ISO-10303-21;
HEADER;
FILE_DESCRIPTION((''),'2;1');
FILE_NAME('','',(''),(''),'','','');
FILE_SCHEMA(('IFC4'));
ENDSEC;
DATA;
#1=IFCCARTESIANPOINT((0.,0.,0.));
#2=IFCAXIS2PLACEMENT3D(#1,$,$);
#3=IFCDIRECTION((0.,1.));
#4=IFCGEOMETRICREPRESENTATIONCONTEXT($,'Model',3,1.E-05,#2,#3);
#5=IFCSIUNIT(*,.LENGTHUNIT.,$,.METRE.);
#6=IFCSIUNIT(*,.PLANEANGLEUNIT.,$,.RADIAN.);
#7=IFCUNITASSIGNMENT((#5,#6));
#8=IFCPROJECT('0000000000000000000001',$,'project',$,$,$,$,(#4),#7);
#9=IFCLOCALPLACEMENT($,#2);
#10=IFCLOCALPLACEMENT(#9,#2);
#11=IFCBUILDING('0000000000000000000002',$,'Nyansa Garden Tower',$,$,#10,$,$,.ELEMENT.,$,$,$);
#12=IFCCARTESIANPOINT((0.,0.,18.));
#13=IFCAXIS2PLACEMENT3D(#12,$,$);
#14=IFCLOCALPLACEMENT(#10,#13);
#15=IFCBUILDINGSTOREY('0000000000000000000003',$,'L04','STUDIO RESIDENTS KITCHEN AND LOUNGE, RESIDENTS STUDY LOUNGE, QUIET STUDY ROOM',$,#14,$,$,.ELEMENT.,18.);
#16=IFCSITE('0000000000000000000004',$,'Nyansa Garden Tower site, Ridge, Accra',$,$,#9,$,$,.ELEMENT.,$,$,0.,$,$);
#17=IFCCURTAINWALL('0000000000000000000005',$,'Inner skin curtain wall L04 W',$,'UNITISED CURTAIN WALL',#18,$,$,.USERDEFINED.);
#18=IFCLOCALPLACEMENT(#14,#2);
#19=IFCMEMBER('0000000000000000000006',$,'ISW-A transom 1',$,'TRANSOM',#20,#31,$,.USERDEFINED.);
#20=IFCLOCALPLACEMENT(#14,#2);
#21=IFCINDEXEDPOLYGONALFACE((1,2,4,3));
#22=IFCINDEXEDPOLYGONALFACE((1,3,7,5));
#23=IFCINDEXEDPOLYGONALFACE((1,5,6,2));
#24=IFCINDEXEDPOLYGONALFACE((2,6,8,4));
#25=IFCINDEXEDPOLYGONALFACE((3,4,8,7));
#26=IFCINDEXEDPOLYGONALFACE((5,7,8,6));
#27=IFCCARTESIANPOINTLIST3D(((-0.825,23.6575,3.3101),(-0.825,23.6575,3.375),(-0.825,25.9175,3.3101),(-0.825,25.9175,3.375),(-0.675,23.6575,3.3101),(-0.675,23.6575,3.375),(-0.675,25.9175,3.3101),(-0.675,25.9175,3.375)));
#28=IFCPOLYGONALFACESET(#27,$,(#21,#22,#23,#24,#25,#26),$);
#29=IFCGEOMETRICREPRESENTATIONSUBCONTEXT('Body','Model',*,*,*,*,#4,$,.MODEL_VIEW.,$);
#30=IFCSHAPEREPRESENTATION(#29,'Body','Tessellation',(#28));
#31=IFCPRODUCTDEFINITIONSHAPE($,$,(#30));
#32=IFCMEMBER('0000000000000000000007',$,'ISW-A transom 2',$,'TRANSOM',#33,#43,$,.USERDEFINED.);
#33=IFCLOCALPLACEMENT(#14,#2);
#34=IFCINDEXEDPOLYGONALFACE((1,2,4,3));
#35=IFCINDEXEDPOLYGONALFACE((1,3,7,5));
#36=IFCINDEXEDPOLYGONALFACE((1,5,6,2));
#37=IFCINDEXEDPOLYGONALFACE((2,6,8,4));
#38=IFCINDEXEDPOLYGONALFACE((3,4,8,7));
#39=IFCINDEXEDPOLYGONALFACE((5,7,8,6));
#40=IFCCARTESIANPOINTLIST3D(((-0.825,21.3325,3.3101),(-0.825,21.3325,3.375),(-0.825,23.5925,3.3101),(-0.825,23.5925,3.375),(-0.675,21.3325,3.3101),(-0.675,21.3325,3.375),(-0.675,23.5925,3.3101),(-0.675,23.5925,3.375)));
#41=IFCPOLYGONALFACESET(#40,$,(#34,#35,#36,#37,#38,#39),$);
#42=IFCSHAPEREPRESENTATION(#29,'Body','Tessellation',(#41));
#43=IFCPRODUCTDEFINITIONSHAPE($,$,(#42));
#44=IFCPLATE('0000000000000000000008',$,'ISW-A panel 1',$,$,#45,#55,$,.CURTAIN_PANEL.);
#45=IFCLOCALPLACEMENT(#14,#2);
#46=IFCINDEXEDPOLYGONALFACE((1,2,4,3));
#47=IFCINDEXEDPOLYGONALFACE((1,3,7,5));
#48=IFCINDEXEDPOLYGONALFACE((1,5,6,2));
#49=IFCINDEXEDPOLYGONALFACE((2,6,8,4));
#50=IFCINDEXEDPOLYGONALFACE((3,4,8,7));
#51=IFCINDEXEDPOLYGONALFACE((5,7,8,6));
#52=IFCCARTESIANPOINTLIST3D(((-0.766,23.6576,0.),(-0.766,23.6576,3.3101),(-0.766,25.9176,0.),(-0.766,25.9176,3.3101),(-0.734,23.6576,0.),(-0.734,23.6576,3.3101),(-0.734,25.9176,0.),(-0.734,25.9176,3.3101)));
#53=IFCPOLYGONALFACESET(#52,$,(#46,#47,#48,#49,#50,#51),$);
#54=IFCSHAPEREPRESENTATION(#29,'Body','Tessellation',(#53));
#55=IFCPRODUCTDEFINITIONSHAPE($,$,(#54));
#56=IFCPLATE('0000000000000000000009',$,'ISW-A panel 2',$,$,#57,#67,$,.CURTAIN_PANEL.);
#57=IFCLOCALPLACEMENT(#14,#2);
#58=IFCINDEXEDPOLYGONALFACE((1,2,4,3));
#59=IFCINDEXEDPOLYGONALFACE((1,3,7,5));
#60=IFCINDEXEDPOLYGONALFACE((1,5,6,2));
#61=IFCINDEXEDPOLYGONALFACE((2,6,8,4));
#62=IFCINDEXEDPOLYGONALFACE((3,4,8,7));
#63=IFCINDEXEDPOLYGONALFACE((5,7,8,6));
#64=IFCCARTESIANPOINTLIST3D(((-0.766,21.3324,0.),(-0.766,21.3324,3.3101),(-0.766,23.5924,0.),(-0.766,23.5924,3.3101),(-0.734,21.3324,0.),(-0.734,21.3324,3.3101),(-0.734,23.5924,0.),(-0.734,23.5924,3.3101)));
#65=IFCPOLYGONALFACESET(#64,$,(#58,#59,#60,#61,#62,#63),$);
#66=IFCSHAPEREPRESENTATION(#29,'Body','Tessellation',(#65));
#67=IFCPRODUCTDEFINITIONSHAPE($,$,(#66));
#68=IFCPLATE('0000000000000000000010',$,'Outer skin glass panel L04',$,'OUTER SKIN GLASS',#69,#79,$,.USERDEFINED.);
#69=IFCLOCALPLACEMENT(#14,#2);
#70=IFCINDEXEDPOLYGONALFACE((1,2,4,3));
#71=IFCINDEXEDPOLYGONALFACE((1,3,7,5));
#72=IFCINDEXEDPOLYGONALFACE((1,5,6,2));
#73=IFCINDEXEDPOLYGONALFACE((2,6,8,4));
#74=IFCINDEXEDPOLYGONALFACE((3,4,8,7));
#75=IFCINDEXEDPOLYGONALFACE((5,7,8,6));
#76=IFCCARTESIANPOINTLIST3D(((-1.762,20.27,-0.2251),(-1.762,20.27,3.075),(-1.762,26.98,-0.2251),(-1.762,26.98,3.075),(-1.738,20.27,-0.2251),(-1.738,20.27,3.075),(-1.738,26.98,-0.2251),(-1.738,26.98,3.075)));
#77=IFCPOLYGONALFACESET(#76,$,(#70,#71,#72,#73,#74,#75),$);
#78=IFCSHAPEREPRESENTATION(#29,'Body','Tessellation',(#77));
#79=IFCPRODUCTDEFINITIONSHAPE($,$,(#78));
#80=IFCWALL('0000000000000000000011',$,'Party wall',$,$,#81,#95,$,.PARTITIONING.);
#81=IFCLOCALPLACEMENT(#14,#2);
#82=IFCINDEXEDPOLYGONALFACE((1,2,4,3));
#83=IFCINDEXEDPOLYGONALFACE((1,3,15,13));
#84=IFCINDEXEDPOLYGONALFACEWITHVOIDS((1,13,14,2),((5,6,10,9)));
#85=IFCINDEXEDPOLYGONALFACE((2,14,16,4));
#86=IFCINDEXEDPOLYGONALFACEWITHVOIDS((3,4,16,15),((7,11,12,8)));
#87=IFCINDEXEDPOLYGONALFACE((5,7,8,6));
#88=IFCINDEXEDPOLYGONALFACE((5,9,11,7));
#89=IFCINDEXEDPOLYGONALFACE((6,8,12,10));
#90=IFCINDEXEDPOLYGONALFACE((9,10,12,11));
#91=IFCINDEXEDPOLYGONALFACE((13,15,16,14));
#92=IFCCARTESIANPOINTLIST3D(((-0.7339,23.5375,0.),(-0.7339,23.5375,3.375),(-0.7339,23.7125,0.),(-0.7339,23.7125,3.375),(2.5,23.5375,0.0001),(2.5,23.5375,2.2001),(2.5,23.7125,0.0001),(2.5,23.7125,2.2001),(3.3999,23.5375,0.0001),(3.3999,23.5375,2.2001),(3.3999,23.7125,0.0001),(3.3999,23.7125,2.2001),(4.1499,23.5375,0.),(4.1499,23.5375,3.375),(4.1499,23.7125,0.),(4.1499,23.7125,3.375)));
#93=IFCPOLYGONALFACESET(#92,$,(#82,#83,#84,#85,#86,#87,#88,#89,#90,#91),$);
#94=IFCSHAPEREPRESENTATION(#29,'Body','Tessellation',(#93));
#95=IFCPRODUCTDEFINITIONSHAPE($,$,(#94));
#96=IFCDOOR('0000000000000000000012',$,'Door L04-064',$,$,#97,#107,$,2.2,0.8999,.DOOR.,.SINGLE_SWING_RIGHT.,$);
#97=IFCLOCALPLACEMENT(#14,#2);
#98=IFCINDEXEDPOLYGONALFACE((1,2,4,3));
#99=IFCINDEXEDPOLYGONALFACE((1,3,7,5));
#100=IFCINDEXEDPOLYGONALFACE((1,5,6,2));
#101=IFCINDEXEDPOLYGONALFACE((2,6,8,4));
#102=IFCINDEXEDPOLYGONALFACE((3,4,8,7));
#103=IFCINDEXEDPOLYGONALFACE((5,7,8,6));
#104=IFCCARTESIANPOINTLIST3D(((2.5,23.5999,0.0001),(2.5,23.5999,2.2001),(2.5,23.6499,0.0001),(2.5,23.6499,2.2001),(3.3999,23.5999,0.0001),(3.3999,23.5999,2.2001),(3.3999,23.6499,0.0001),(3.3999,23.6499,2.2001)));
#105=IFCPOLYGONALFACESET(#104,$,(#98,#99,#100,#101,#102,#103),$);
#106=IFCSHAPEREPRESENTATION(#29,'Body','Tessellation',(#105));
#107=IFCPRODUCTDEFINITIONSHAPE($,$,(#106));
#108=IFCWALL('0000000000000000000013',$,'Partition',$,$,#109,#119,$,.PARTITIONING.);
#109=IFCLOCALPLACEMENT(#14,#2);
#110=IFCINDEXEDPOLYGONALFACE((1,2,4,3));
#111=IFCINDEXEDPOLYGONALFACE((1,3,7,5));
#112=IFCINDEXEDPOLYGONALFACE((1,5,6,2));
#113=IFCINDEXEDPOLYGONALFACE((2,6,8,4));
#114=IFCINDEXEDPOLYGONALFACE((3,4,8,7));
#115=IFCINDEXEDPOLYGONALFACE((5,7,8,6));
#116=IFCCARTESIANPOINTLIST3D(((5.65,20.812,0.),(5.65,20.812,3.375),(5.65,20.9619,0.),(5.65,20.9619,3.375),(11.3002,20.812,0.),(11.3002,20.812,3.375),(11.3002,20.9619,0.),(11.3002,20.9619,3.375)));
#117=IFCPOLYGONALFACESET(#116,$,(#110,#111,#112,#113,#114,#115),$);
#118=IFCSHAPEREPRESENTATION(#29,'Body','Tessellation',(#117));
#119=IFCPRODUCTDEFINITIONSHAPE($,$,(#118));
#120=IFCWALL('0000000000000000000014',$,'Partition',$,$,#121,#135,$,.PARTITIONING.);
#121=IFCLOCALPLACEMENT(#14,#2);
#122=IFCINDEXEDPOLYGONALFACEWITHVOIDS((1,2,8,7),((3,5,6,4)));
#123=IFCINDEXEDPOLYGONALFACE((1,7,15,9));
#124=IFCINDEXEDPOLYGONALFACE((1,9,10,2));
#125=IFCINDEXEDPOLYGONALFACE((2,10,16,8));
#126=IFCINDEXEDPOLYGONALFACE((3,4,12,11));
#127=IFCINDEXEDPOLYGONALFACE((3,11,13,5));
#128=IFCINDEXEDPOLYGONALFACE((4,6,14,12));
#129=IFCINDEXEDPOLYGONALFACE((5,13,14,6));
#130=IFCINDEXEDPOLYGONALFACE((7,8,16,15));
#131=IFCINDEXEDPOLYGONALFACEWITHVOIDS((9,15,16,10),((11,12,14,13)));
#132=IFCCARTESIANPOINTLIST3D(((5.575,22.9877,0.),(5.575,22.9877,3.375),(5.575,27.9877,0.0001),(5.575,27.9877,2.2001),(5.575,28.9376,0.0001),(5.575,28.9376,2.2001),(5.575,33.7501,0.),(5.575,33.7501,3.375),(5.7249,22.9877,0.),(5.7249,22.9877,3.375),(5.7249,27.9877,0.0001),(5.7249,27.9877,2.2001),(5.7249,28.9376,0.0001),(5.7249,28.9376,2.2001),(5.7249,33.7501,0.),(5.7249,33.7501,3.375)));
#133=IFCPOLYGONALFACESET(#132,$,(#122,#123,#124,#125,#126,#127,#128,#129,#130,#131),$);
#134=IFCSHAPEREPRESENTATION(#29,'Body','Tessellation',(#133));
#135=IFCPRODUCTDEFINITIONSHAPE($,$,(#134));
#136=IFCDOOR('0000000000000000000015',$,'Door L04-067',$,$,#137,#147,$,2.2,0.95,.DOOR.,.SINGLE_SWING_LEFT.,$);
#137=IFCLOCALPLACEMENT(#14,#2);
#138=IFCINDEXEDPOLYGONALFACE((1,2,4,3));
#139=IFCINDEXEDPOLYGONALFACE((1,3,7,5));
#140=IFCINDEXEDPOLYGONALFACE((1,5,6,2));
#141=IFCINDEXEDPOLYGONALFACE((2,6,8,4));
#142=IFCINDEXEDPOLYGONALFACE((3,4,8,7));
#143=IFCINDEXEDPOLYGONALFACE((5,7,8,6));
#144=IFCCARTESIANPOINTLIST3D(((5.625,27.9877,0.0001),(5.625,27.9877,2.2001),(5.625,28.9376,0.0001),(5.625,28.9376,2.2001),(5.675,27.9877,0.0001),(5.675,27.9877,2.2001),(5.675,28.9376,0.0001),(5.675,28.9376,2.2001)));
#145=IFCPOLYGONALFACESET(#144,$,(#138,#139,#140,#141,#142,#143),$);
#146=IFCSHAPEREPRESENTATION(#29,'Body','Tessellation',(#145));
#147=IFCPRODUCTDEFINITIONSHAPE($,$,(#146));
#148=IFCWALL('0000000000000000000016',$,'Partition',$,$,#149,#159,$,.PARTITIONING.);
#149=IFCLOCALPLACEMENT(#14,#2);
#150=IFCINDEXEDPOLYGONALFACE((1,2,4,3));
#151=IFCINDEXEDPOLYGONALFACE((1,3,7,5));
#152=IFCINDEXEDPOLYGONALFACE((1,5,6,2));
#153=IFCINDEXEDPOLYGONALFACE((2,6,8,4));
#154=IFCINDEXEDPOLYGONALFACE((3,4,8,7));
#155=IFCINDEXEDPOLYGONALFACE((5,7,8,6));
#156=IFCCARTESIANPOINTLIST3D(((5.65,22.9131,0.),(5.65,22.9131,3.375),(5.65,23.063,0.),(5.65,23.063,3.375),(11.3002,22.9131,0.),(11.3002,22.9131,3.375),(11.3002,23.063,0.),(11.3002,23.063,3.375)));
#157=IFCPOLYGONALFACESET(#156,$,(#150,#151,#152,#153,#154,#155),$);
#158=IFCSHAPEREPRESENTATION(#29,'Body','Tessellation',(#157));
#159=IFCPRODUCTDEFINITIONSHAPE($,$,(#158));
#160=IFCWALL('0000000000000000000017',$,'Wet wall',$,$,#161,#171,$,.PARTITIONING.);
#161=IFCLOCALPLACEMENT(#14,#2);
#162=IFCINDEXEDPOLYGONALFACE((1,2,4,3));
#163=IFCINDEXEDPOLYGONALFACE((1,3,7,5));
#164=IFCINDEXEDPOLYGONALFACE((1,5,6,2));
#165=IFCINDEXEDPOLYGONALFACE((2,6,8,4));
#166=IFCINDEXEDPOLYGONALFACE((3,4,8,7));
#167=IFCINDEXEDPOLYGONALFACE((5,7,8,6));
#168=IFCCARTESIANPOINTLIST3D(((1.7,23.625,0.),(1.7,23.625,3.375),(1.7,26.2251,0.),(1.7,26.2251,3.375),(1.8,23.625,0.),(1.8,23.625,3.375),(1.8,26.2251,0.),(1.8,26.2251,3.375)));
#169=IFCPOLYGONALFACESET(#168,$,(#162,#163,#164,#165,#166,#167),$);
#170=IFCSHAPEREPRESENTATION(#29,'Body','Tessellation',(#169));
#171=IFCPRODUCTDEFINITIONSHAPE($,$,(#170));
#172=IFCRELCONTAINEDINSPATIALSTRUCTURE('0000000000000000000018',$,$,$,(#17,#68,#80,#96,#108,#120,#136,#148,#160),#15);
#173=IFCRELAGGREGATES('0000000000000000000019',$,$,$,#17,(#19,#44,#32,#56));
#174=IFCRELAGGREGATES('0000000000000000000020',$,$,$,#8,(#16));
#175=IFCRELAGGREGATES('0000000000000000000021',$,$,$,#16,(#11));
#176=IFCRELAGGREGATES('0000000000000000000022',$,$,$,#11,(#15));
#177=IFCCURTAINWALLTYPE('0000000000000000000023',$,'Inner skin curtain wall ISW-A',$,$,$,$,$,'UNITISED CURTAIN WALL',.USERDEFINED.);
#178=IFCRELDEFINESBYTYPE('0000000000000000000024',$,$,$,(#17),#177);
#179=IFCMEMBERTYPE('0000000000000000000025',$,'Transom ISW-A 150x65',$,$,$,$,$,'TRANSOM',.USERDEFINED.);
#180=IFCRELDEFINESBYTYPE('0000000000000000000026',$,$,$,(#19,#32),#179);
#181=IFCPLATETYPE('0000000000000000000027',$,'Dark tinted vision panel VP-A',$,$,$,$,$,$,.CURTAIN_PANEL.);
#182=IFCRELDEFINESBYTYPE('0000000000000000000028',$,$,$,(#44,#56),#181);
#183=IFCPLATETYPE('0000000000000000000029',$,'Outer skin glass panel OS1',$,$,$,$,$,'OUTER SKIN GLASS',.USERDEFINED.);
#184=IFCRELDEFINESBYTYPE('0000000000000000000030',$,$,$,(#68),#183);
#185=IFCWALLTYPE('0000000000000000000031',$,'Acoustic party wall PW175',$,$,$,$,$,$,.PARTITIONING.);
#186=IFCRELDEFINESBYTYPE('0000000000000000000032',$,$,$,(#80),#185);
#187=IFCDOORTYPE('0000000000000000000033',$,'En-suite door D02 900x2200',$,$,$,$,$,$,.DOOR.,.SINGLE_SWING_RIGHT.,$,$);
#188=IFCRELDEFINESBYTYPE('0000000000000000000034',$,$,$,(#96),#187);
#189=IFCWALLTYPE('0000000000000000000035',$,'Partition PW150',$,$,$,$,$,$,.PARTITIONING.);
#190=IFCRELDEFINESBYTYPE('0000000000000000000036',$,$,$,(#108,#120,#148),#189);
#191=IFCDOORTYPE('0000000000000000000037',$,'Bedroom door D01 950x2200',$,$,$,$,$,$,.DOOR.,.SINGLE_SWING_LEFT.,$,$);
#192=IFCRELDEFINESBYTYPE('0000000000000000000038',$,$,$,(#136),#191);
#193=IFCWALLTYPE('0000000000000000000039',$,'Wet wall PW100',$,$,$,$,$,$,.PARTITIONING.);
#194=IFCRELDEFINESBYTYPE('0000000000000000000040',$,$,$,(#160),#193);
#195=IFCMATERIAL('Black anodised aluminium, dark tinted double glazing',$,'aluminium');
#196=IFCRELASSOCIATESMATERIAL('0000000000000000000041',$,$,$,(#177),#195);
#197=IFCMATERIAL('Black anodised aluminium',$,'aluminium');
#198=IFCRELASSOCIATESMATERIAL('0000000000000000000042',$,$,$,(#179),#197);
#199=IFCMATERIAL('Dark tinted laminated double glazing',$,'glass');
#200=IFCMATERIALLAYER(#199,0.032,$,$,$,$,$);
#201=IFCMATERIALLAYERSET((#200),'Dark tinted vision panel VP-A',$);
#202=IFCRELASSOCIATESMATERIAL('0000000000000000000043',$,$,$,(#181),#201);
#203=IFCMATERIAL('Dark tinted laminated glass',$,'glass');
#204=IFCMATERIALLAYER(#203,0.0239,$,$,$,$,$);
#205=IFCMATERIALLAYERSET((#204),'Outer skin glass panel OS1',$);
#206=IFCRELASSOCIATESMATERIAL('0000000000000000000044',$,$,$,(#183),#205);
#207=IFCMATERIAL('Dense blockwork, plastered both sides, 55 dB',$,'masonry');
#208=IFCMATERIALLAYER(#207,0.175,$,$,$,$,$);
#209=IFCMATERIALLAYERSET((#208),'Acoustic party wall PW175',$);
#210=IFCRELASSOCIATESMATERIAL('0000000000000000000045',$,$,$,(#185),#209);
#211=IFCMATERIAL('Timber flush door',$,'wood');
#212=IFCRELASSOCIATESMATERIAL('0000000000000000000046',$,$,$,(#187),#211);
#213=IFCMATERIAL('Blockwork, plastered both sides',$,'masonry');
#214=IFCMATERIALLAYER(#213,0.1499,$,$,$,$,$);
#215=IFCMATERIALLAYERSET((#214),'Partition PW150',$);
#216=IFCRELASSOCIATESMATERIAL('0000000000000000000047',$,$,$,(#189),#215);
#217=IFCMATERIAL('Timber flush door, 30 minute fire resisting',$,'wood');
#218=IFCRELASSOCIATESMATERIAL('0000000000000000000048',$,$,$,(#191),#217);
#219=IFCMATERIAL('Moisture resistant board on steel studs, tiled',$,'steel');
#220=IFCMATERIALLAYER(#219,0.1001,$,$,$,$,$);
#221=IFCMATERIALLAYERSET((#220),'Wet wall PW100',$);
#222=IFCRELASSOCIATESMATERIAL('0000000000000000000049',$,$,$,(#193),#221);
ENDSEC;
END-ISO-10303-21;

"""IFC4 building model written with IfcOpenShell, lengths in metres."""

from ifc_helpers import new_model, si_unit, direction, frame, frame_2d, origin, origin_2d, place, context, subcontext, project, spatial, rectangle, extrude, material, layer, layer_set, material_profile, profile_set, type_object, element, fill, aggregate, save


model = new_model("IFC4")

# Units and contexts
model_context = context("Model", 3, precision=1e-05, world=origin(), true_north=direction((0.0, 1.0)))
body_context = subcontext(model_context, "Body", "Model", "MODEL_VIEW")
ifc_project = project(units=[si_unit("LENGTHUNIT", "METRE"), si_unit("PLANEANGLEUNIT", "RADIAN")], contexts=[model_context])

# Site, building, storey
site_placement = place(None, origin())
site = spatial("IfcSite", under=ifc_project, at=site_placement, Name="Nyansa Garden Tower site, Ridge, Accra", CompositionType="ELEMENT", RefElevation=0.0)
building_placement = place(site_placement, origin())
building = spatial("IfcBuilding", under=site, at=building_placement, Name="Nyansa Garden Tower", CompositionType="ELEMENT")
storey_placement = place(building_placement, frame((0.0, 0.0, 18.0)))
storey = spatial("IfcBuildingStorey", under=building, at=storey_placement, Name="L04", Description="STUDIO RESIDENTS KITCHEN AND LOUNGE, RESIDENTS STUDY LOUNGE, QUIET STUDY ROOM", CompositionType="ELEMENT", Elevation=18.0)

# Curtain wall
ifc_material_1 = material(Name="Black anodised aluminium, dark tinted double glazing", Category="aluminium")
curtain_wall_type = type_object("IfcCurtainWallType", Name="Inner skin curtain wall ISW-A", ElementType="UNITISED CURTAIN WALL", PredefinedType="USERDEFINED", material=ifc_material_1)
curtain_wall_placement = place(storey_placement, origin())
curtain_wall = element("IfcCurtainWall", 1, at=curtain_wall_placement, inside=storey, type_object=curtain_wall_type, Name="Inner skin curtain wall L04 W", ObjectType="UNITISED CURTAIN WALL", PredefinedType="USERDEFINED")

# Members
ifc_material_2 = material(Name="Black anodised aluminium", Category="aluminium")
ifc_material_profile_1 = material_profile(ifc_material_2, rectangle(XDim=0.1499, YDim=0.0649, at=origin_2d()), Name="Transom 150x65")
ifc_profile_set_1 = profile_set([ifc_material_profile_1], Name="Black anodised aluminium")
member_type_1 = type_object("IfcMemberType", Name="Transom ISW-A 150x65", ElementType="TRANSOM", PredefinedType="USERDEFINED", material=ifc_profile_set_1)
member_1_placement = place(storey_placement, frame((-0.75, 25.9175, 3.3425), z_axis=(0.0, -1.0, 0.0), x_axis=(1.0, 0.0, 0.0)))
member_1 = element("IfcMember", 2, at=member_1_placement, type_object=member_type_1, Name="ISW-A transom 1", ObjectType="TRANSOM", PredefinedType="USERDEFINED", context=body_context, shape_type="SweptSolid", body=[
    extrude(rectangle(XDim=0.1499, YDim=0.0649, at=origin_2d()), origin(), (0.0, 0.0, 1.0), 2.26),
])
member_2_placement = place(storey_placement, frame((-0.75, 23.5925, 3.3425), z_axis=(0.0, -1.0, 0.0), x_axis=(1.0, 0.0, 0.0)))
member_2 = element("IfcMember", 3, at=member_2_placement, type_object=member_type_1, Name="ISW-A transom 2", ObjectType="TRANSOM", PredefinedType="USERDEFINED", context=body_context, shape_type="SweptSolid", body=[
    extrude(rectangle(XDim=0.1499, YDim=0.0649, at=origin_2d()), origin(), (0.0, 0.0, 1.0), 2.26),
])

# Plates
ifc_material_3 = material(Name="Dark tinted laminated double glazing", Category="glass")
ifc_layer_1 = layer(ifc_material_3, 0.032)
ifc_layer_set_1 = layer_set([ifc_layer_1], Name="Dark tinted vision panel VP-A")
plate_type_1 = type_object("IfcPlateType", Name="Dark tinted vision panel VP-A", PredefinedType="CURTAIN_PANEL", material=ifc_layer_set_1)
plate_1_placement = place(storey_placement, frame((-0.75, 24.7876, 0.0), z_axis=(0.0, 0.0, 1.0), x_axis=(0.0, -1.0, 0.0)))
plate_1 = element("IfcPlate", 4, at=plate_1_placement, type_object=plate_type_1, Name="ISW-A panel 1", PredefinedType="CURTAIN_PANEL", context=body_context, shape_type="SweptSolid", body=[
    extrude(rectangle(XDim=2.26, YDim=0.032, at=origin_2d()), origin(), (0.0, 0.0, 1.0), 3.3101),
])
plate_2_placement = place(storey_placement, frame((-0.75, 22.4624, 0.0), z_axis=(0.0, 0.0, 1.0), x_axis=(0.0, -1.0, 0.0)))
plate_2 = element("IfcPlate", 5, at=plate_2_placement, type_object=plate_type_1, Name="ISW-A panel 2", PredefinedType="CURTAIN_PANEL", context=body_context, shape_type="SweptSolid", body=[
    extrude(rectangle(XDim=2.26, YDim=0.032, at=origin_2d()), origin(), (0.0, 0.0, 1.0), 3.3101),
])
aggregate(curtain_wall, [member_1, plate_1, member_2, plate_2])
ifc_material_4 = material(Name="Dark tinted laminated glass", Category="glass")
ifc_layer_2 = layer(ifc_material_4, 0.0239)
ifc_layer_set_2 = layer_set([ifc_layer_2], Name="Outer skin glass panel OS1")
plate_type_2 = type_object("IfcPlateType", Name="Outer skin glass panel OS1", ElementType="OUTER SKIN GLASS", PredefinedType="USERDEFINED", material=ifc_layer_set_2)
plate_3_placement = place(storey_placement, frame((-1.75, 23.625, -0.2251), z_axis=(0.0, 0.0, 1.0), x_axis=(0.0, 1.0, 0.0)))
element("IfcPlate", 6, at=plate_3_placement, inside=storey, type_object=plate_type_2, Name="Outer skin glass panel L04", ObjectType="OUTER SKIN GLASS", PredefinedType="USERDEFINED", context=body_context, shape_type="SweptSolid", body=[
    extrude(rectangle(XDim=6.71, YDim=0.0239, at=origin_2d()), origin(), (0.0, 0.0, 1.0), 3.3),
])

# Wall, opening, door
ifc_material_5 = material(Name="Dense blockwork, plastered both sides, 55 dB", Category="masonry")
ifc_layer_3 = layer(ifc_material_5, 0.175)
ifc_layer_set_3 = layer_set([ifc_layer_3], Name="Acoustic party wall PW175")
wall_type_1 = type_object("IfcWallType", Name="Acoustic party wall PW175", PredefinedType="PARTITIONING", material=ifc_layer_set_3)
wall_1_placement = place(storey_placement, frame((-0.7339, 23.625, 0.0), z_axis=(0.0, 0.0, 1.0), x_axis=(1.0, 0.0, 0.0)))
wall_1 = element("IfcWall", 7, at=wall_1_placement, inside=storey, type_object=wall_type_1, Name="Party wall", PredefinedType="PARTITIONING", context=body_context, shape_type="SweptSolid", body=[
    extrude(rectangle(XDim=4.8838, YDim=0.175, at=frame_2d((2.4419, 0.0))), origin(), (0.0, 0.0, 1.0), 3.375),
])
opening_1_placement = place(wall_1_placement, frame((3.2339, 0.0, 0.0)))
opening_1 = element("IfcOpeningElement", 8, at=opening_1_placement, cuts=wall_1, PredefinedType="OPENING", context=body_context, shape_type="SweptSolid", body=[
    extrude(rectangle(XDim=0.8999, YDim=2.2, at=frame_2d((0.45, 1.1001))), frame((0.0, 0.0974, 0.0), z_axis=(0.0, -1.0, 0.0), x_axis=(1.0, 0.0, 0.0)), (0.0, 0.0, 1.0), 0.1951),
])
ifc_material_6 = material(Name="Timber flush door", Category="wood")
door_type_1 = type_object("IfcDoorType", Name="En-suite door D02 900x2200", OperationType="SINGLE_SWING_RIGHT", PredefinedType="DOOR", material=ifc_material_6)
door_1_placement = place(opening_1_placement, origin())
door_1 = element("IfcDoor", 9, at=door_1_placement, inside=storey, type_object=door_type_1, Name="Door L04-064", OperationType="SINGLE_SWING_RIGHT", OverallHeight=2.2, OverallWidth=0.8999, PredefinedType="DOOR", context=body_context, shape_type="SweptSolid", body=[
    extrude(rectangle(XDim=0.8999, YDim=2.2, at=frame_2d((0.45, 1.1001))), frame((0.0, 0.0249, 0.0), z_axis=(0.0, -1.0, 0.0), x_axis=(1.0, 0.0, 0.0)), (0.0, 0.0, 1.0), 0.05),
])
fill(opening_1, door_1)

# Wall
ifc_material_7 = material(Name="Blockwork, plastered both sides", Category="masonry")
ifc_layer_4 = layer(ifc_material_7, 0.1499)
ifc_layer_set_4 = layer_set([ifc_layer_4], Name="Partition PW150")
wall_type_2 = type_object("IfcWallType", Name="Partition PW150", PredefinedType="PARTITIONING", material=ifc_layer_set_4)
wall_2_placement = place(storey_placement, frame((5.6499, 20.887, 0.0), z_axis=(0.0, 0.0, 1.0), x_axis=(1.0, 0.0, 0.0)))
element("IfcWall", 10, at=wall_2_placement, inside=storey, type_object=wall_type_2, Name="Partition", PredefinedType="PARTITIONING", context=body_context, shape_type="SweptSolid", body=[
    extrude(rectangle(XDim=5.6501, YDim=0.1499, at=frame_2d((2.8252, 0.0))), origin(), (0.0, 0.0, 1.0), 3.375),
])

# Wall, opening, door
wall_3_placement = place(storey_placement, frame((5.6499, 22.9875, 0.0), z_axis=(0.0, 0.0, 1.0), x_axis=(0.0, 1.0, 0.0)))
wall_3 = element("IfcWall", 11, at=wall_3_placement, inside=storey, type_object=wall_type_2, Name="Partition", PredefinedType="PARTITIONING", context=body_context, shape_type="SweptSolid", body=[
    extrude(rectangle(XDim=10.7625, YDim=0.1499, at=frame_2d((5.3813, 0.0))), origin(), (0.0, 0.0, 1.0), 3.375),
])
opening_2_placement = place(wall_3_placement, frame((5.0, 0.0, 0.0)))
opening_2 = element("IfcOpeningElement", 12, at=opening_2_placement, cuts=wall_3, PredefinedType="OPENING", context=body_context, shape_type="SweptSolid", body=[
    extrude(rectangle(XDim=0.95, YDim=2.2, at=frame_2d((0.4751, 1.1001))), frame((0.0, 0.085, 0.0), z_axis=(0.0, -1.0, 0.0), x_axis=(1.0, 0.0, 0.0)), (0.0, 0.0, 1.0), 0.1699),
])
ifc_material_8 = material(Name="Timber flush door, 30 minute fire resisting", Category="wood")
door_type_2 = type_object("IfcDoorType", Name="Bedroom door D01 950x2200", OperationType="SINGLE_SWING_LEFT", PredefinedType="DOOR", material=ifc_material_8)
door_2_placement = place(opening_2_placement, origin())
door_2 = element("IfcDoor", 13, at=door_2_placement, inside=storey, type_object=door_type_2, Name="Door L04-067", OperationType="SINGLE_SWING_LEFT", OverallHeight=2.2, OverallWidth=0.95, PredefinedType="DOOR", context=body_context, shape_type="SweptSolid", body=[
    extrude(rectangle(XDim=0.95, YDim=2.2, at=frame_2d((0.4751, 1.1001))), frame((0.0, 0.0249, 0.0), z_axis=(0.0, -1.0, 0.0), x_axis=(1.0, 0.0, 0.0)), (0.0, 0.0, 1.0), 0.05),
])
fill(opening_2, door_2)

# Walls
wall_4_placement = place(storey_placement, frame((5.6499, 22.988, 0.0), z_axis=(0.0, 0.0, 1.0), x_axis=(1.0, 0.0, 0.0)))
element("IfcWall", 14, at=wall_4_placement, inside=storey, type_object=wall_type_2, Name="Partition", PredefinedType="PARTITIONING", context=body_context, shape_type="SweptSolid", body=[
    extrude(rectangle(XDim=5.6501, YDim=0.1499, at=frame_2d((2.8252, 0.0))), origin(), (0.0, 0.0, 1.0), 3.375),
])
ifc_material_9 = material(Name="Moisture resistant board on steel studs, tiled", Category="steel")
ifc_layer_5 = layer(ifc_material_9, 0.1001)
ifc_layer_set_5 = layer_set([ifc_layer_5], Name="Wet wall PW100")
wall_type_3 = type_object("IfcWallType", Name="Wet wall PW100", PredefinedType="PARTITIONING", material=ifc_layer_set_5)
wall_5_placement = place(storey_placement, frame((1.75, 23.625, 0.0), z_axis=(0.0, 0.0, 1.0), x_axis=(0.0, 1.0, 0.0)))
element("IfcWall", 15, at=wall_5_placement, inside=storey, type_object=wall_type_3, Name="Wet wall", PredefinedType="PARTITIONING", context=body_context, shape_type="SweptSolid", body=[
    extrude(rectangle(XDim=2.6001, YDim=0.1001, at=frame_2d((1.3, 0.0))), origin(), (0.0, 0.0, 1.0), 3.375),
])

save(model, "model.ifc")
